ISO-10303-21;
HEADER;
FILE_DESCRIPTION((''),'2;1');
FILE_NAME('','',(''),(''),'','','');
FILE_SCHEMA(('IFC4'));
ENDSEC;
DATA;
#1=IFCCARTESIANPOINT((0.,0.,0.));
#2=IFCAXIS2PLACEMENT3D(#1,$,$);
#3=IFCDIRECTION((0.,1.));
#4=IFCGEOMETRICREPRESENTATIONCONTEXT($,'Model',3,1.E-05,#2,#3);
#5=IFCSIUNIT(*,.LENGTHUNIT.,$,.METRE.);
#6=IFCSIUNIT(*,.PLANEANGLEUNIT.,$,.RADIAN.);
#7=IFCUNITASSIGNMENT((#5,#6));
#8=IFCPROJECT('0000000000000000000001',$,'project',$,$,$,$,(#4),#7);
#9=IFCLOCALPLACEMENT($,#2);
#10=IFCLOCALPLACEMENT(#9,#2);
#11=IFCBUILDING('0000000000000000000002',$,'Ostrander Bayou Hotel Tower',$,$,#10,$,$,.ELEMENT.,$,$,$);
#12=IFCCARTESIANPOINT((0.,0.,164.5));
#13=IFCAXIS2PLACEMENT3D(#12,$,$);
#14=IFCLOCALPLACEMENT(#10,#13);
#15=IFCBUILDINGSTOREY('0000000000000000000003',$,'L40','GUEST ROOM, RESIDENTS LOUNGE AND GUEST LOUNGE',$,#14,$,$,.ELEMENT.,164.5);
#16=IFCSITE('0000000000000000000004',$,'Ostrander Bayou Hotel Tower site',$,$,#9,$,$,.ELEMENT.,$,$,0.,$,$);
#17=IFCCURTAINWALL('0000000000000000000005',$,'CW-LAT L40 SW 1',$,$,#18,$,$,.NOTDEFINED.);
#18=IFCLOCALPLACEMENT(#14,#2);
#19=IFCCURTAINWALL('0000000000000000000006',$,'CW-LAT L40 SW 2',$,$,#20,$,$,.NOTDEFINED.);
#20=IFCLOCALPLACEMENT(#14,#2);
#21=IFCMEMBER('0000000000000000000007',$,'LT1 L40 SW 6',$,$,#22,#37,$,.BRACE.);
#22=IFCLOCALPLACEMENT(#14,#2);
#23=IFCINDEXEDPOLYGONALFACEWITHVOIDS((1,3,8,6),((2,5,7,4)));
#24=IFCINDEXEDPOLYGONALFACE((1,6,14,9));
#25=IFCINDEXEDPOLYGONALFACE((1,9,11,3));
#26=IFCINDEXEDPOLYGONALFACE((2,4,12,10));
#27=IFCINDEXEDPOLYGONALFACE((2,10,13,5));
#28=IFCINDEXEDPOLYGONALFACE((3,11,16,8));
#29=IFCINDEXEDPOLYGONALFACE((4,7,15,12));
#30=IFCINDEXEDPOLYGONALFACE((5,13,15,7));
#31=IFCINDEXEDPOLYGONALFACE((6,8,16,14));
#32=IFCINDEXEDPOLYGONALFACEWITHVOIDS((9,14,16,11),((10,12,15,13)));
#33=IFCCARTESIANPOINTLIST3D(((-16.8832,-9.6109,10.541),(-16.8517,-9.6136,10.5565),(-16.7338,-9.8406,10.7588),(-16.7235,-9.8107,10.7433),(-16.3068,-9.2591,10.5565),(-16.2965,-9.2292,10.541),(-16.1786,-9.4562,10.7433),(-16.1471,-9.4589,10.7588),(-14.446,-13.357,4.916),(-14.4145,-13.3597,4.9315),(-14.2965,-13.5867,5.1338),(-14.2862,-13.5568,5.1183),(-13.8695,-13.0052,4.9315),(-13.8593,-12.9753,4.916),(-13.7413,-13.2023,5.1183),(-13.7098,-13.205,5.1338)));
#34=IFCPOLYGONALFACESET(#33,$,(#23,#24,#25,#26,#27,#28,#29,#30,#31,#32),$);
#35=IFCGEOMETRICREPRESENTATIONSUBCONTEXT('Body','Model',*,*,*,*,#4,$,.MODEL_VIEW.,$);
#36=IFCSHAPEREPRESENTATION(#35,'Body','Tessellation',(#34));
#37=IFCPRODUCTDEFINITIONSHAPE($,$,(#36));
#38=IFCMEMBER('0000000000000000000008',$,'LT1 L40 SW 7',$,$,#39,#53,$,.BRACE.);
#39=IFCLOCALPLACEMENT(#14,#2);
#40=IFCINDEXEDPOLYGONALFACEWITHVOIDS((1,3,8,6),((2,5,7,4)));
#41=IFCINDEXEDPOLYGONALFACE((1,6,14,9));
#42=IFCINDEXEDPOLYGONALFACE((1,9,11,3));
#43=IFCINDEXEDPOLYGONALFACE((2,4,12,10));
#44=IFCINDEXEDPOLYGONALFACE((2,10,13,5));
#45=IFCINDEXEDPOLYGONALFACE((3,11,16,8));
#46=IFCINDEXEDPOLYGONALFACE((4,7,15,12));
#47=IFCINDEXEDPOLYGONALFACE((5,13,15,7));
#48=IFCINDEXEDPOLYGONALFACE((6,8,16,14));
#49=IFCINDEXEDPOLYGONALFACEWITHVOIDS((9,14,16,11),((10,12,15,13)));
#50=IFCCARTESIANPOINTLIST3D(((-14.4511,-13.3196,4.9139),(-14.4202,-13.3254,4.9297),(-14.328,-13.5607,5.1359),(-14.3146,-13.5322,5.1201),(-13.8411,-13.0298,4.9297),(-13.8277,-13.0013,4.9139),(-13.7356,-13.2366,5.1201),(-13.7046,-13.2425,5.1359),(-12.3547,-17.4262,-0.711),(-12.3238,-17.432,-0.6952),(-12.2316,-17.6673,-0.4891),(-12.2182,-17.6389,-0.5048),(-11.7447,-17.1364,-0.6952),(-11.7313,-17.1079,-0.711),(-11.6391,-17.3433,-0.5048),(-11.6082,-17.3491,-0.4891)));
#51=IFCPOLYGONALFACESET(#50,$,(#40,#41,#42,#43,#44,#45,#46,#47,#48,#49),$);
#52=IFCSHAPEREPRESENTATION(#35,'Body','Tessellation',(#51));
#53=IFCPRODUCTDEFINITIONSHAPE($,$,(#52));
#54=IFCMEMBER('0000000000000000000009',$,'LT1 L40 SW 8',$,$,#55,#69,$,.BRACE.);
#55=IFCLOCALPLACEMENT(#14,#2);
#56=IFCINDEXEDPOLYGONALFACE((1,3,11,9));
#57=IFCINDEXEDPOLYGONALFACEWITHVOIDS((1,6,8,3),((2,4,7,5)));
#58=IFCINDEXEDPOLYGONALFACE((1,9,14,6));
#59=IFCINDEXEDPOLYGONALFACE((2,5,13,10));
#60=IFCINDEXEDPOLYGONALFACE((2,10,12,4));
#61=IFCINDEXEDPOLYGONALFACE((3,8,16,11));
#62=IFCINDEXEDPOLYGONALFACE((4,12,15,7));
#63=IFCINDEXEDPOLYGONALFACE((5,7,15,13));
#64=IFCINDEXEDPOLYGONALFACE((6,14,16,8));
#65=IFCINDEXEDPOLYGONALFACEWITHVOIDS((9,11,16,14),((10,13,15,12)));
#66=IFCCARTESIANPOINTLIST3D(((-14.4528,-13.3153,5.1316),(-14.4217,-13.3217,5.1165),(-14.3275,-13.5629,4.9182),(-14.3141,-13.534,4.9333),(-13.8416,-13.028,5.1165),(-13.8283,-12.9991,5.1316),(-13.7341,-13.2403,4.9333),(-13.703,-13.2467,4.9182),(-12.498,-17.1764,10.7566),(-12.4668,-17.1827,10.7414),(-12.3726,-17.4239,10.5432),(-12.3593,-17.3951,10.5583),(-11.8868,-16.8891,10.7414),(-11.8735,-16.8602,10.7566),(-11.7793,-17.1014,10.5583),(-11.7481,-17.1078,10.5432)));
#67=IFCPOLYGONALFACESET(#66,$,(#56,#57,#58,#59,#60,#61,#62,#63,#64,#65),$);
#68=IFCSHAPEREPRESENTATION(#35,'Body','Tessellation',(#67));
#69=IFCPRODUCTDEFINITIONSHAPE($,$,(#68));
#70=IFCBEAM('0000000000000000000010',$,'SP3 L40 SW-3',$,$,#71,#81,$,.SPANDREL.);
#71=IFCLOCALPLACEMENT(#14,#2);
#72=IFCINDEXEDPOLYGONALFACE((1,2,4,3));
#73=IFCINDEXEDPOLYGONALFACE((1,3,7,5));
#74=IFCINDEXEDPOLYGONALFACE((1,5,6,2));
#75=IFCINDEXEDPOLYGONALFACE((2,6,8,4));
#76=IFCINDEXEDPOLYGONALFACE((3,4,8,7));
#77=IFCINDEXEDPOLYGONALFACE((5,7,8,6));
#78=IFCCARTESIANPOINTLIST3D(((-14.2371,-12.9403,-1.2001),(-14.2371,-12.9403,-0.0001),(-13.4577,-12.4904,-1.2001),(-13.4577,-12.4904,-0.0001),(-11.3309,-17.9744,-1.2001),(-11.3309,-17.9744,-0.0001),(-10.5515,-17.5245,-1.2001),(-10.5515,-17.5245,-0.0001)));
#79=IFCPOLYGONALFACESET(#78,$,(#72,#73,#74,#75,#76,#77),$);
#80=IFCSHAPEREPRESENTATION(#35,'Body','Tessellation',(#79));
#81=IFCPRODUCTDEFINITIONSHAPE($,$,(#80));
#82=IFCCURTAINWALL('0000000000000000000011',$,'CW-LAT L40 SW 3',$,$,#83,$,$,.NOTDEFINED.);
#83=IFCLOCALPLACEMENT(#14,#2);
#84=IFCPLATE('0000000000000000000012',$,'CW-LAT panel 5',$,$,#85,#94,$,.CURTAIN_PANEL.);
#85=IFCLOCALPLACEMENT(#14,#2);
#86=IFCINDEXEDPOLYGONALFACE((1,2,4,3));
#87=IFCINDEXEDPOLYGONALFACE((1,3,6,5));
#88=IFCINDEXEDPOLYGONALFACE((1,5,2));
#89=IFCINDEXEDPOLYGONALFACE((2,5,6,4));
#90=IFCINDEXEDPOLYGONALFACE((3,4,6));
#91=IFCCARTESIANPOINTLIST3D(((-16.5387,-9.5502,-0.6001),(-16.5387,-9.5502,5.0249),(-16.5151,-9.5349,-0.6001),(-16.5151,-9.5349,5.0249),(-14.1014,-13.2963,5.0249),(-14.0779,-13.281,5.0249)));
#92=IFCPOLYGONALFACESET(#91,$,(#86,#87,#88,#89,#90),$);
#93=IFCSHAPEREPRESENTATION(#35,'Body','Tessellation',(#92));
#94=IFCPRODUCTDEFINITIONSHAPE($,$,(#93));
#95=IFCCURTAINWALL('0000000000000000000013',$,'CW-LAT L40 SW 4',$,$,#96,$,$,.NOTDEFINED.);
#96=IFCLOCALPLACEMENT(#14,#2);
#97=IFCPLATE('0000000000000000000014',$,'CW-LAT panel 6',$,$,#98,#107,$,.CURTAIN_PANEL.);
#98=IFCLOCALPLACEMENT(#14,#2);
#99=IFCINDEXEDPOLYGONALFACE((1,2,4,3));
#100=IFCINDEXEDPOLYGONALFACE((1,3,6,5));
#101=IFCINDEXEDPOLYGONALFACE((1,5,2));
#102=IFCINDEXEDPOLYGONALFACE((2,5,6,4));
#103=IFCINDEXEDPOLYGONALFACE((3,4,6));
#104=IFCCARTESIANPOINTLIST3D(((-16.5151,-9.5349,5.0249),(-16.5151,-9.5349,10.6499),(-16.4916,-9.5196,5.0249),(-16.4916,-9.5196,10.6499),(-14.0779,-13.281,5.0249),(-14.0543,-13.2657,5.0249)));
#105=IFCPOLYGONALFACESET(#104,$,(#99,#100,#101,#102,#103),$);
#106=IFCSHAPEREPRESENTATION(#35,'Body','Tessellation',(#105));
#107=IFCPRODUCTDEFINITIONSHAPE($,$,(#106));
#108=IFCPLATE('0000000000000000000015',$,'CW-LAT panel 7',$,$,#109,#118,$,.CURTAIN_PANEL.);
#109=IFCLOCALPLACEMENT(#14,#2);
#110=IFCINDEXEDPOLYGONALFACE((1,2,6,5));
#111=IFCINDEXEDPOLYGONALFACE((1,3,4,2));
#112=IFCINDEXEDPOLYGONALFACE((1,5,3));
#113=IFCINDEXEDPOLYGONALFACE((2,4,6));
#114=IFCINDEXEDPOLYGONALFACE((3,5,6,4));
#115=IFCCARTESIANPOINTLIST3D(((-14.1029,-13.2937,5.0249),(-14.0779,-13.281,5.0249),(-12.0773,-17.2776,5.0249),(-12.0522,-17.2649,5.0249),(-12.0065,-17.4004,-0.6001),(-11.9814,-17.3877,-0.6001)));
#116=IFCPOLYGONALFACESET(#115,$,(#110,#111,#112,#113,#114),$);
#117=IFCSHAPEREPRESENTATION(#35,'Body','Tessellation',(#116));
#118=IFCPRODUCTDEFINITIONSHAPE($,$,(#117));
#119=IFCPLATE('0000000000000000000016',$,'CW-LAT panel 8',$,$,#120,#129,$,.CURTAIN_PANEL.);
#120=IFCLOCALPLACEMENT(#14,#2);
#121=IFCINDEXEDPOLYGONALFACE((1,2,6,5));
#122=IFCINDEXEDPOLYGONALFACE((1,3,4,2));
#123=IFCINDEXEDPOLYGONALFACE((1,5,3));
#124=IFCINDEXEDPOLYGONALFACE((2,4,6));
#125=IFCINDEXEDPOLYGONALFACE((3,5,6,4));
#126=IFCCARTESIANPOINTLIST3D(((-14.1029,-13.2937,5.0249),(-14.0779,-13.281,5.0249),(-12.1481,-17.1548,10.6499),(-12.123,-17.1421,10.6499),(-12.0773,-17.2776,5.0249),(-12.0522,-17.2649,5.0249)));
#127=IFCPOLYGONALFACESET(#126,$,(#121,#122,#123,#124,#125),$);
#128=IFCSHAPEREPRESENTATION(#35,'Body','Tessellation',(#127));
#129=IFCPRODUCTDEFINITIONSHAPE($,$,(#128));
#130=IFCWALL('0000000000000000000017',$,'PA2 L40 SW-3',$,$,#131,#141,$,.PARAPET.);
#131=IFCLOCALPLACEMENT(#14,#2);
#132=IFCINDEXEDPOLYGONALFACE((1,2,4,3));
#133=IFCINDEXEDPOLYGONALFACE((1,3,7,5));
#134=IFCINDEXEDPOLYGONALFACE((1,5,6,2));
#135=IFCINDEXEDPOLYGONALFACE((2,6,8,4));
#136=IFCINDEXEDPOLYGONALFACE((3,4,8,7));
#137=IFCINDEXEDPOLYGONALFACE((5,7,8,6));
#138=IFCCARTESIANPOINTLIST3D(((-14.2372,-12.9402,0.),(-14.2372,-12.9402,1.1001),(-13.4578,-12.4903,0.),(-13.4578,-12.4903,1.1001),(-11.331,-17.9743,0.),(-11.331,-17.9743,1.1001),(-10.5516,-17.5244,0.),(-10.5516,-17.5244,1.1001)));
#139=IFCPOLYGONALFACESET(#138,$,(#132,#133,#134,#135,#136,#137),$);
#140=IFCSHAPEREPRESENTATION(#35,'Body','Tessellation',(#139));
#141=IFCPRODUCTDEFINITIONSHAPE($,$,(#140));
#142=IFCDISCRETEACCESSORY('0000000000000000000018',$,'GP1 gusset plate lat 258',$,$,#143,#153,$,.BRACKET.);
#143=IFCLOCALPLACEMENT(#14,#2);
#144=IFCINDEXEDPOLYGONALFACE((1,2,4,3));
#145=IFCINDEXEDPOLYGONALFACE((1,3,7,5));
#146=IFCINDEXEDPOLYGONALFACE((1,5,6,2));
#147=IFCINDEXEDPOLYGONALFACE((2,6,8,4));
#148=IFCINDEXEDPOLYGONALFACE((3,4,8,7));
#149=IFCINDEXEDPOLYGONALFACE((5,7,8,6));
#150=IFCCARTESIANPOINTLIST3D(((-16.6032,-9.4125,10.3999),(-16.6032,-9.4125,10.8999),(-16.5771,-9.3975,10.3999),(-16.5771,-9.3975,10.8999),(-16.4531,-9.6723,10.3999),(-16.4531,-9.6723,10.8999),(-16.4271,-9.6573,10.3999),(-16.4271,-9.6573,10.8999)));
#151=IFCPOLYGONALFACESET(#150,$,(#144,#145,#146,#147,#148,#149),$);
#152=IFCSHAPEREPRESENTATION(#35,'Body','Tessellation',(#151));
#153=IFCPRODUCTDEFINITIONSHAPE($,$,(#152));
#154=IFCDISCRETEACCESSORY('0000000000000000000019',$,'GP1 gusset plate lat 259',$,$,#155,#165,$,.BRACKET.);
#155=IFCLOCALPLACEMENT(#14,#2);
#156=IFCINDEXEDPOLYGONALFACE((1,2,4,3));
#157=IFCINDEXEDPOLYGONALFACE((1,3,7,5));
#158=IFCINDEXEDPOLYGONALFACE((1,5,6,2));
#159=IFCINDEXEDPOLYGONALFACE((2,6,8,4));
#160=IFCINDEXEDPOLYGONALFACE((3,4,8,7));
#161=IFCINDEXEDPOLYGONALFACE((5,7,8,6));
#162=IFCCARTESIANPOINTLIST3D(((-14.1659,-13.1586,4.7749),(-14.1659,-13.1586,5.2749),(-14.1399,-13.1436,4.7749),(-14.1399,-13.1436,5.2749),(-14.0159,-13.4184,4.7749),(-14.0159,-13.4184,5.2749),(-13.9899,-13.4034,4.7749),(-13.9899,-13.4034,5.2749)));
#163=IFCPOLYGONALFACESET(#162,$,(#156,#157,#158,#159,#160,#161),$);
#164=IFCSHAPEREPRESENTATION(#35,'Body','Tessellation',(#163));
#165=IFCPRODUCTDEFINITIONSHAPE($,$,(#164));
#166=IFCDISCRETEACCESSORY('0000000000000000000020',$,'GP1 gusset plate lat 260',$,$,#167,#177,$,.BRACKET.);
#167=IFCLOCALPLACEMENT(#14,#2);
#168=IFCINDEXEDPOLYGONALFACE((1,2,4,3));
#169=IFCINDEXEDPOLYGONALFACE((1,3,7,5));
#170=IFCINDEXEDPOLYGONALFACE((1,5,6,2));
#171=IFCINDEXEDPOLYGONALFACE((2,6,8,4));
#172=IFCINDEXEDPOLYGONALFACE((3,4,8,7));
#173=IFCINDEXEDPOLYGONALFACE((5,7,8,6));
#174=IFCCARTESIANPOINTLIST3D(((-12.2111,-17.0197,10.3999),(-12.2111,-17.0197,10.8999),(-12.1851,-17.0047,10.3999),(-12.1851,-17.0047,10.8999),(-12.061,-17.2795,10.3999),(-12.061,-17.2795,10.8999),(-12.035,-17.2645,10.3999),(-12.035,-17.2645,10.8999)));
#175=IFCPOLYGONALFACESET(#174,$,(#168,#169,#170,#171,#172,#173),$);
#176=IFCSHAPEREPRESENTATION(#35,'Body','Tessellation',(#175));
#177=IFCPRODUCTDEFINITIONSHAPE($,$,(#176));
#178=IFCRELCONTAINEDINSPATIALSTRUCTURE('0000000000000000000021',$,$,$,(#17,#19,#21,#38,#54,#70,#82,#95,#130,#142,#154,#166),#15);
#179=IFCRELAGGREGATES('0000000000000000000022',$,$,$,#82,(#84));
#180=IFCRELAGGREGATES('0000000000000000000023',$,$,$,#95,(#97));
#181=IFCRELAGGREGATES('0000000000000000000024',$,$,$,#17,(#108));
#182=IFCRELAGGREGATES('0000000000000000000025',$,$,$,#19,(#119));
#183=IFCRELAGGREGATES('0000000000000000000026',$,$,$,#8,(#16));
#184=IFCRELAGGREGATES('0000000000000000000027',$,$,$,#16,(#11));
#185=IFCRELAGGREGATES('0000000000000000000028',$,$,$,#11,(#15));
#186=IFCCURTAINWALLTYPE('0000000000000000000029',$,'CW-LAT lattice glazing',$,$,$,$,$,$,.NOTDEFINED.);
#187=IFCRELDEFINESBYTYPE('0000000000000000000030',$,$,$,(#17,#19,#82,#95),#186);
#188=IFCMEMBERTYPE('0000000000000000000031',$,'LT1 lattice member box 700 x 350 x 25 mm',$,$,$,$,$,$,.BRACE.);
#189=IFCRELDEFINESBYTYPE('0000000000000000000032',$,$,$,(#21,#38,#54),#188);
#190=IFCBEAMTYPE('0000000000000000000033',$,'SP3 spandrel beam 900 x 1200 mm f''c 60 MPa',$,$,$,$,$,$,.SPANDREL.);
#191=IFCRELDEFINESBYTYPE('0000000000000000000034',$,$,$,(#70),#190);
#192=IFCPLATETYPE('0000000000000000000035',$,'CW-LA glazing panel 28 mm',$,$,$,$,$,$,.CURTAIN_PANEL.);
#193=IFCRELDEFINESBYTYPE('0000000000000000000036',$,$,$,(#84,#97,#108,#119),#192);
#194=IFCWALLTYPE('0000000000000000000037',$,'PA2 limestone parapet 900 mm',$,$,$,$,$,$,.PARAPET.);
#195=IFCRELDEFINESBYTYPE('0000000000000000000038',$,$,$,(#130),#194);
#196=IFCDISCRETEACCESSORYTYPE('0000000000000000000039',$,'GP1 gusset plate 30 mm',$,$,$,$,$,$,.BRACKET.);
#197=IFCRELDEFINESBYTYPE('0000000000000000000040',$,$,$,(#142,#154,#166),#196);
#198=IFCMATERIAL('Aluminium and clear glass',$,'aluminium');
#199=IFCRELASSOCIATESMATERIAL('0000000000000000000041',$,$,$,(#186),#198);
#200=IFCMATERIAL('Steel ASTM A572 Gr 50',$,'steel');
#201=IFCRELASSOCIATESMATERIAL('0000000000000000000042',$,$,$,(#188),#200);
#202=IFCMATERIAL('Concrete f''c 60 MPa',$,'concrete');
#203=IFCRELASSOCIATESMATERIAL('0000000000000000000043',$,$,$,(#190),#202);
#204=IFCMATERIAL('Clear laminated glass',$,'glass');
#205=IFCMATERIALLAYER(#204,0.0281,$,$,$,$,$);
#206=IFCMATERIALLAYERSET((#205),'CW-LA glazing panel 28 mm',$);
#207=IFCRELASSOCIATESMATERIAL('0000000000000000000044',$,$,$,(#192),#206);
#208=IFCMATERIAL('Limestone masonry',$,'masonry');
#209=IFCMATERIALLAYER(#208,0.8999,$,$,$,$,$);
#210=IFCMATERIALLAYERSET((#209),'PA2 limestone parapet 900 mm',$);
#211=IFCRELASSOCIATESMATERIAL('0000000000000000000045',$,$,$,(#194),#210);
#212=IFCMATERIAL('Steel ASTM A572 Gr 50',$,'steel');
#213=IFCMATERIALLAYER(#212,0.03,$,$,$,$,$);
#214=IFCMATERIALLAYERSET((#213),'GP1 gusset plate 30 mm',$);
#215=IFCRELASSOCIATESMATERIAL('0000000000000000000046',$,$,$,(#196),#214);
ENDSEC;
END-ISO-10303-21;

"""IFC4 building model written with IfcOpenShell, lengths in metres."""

from ifc_helpers import new_model, si_unit, direction, frame, frame_2d, origin, origin_2d, place, context, subcontext, project, spatial, polyline, rectangle, hollow_rectangle, outline, extrude, material, layer, layer_set, material_profile, profile_set, type_object, element, aggregate, save


model = new_model("IFC4")

# Units and contexts
model_context = context("Model", 3, precision=1e-05, world=origin(), true_north=direction((0.0, 1.0)))
body_context = subcontext(model_context, "Body", "Model", "MODEL_VIEW")
ifc_project = project(units=[si_unit("LENGTHUNIT", "METRE"), si_unit("PLANEANGLEUNIT", "RADIAN")], contexts=[model_context])

# Site, building, storey
site_placement = place(None, origin())
site = spatial("IfcSite", under=ifc_project, at=site_placement, Name="Ostrander Bayou Hotel Tower site", CompositionType="ELEMENT", RefElevation=0.0)
building_placement = place(site_placement, origin())
building = spatial("IfcBuilding", under=site, at=building_placement, Name="Ostrander Bayou Hotel Tower", CompositionType="ELEMENT")
storey_placement = place(building_placement, frame((0.0, 0.0, 164.5)))
storey = spatial("IfcBuildingStorey", under=building, at=storey_placement, Name="L40", Description="GUEST ROOM, RESIDENTS LOUNGE AND GUEST LOUNGE", CompositionType="ELEMENT", Elevation=164.5)

# Curtain walls
ifc_material_1 = material(Name="Aluminium and clear glass", Category="aluminium")
curtain_wall_type = type_object("IfcCurtainWallType", Name="CW-LAT lattice glazing", PredefinedType="NOTDEFINED", material=ifc_material_1)
curtain_wall_1_placement = place(storey_placement, origin())
curtain_wall_1 = element("IfcCurtainWall", 1, at=curtain_wall_1_placement, inside=storey, type_object=curtain_wall_type, Name="CW-LAT L40 SW 1", PredefinedType="NOTDEFINED")
curtain_wall_2_placement = place(storey_placement, origin())
curtain_wall_2 = element("IfcCurtainWall", 2, at=curtain_wall_2_placement, inside=storey, type_object=curtain_wall_type, Name="CW-LAT L40 SW 2", PredefinedType="NOTDEFINED")

# Members
ifc_material_2 = material(Name="Steel ASTM A572 Gr 50", Category="steel")
ifc_material_profile_1 = material_profile(ifc_material_2, hollow_rectangle(XDim=0.7, YDim=0.3501, WallThickness=0.0249, at=origin_2d()))
ifc_profile_set_1 = profile_set([ifc_material_profile_1], Name="Steel ASTM A572 Gr 50")
member_type_1 = type_object("IfcMemberType", Name="LT1 lattice member box 700 x 350 x 25 mm", PredefinedType="BRACE", material=ifc_profile_set_1)
for number, where, z_axis, x_axis, name in (
    (3, (-14.0779, -13.281, 5.0249), (-0.339248, 0.521428, 0.782958), (-0.838209, -0.545349, 0.0), "LT1 L40 SW 6"),
):
    element("IfcMember", number, at=place(storey_placement, frame(where, z_axis=z_axis, x_axis=x_axis)), inside=storey, type_object=member_type_1, Name=name, PredefinedType="BRACE", context=body_context, shape_type="SweptSolid", body=[
        extrude(hollow_rectangle(XDim=0.7, YDim=0.3501, WallThickness=0.0249, at=origin_2d()), origin(), (0.0, 0.0, 1.0), 7.1843),
    ])
member_1_placement = place(storey_placement, frame((-14.0779, -13.281, 5.0249), z_axis=(0.288238, -0.564627, -0.773379), x_axis=(0.890658, 0.454674, 0.0)))
element("IfcMember", 4, at=member_1_placement, inside=storey, type_object=member_type_1, Name="LT1 L40 SW 7", PredefinedType="BRACE", context=body_context, shape_type="SweptSolid", body=[
    extrude(hollow_rectangle(XDim=0.7, YDim=0.3501, WallThickness=0.0249, at=origin_2d()), origin(), (0.0, 0.0, 1.0), 7.2732),
])
member_2_placement = place(storey_placement, frame((-14.0779, -13.281, 5.0249), z_axis=(0.275438, -0.544031, 0.792568), x_axis=(0.892171, 0.451698, 0.0)))
element("IfcMember", 5, at=member_2_placement, inside=storey, type_object=member_type_1, Name="LT1 L40 SW 8", PredefinedType="BRACE", context=body_context, shape_type="SweptSolid", body=[
    extrude(hollow_rectangle(XDim=0.7, YDim=0.3501, WallThickness=0.0249, at=origin_2d()), origin(), (0.0, 0.0, 1.0), 7.0972),
])

# Beam
ifc_material_3 = material(Name="Concrete f'c 60 MPa", Category="concrete")
ifc_material_profile_2 = material_profile(ifc_material_3, rectangle(XDim=0.8999, YDim=1.2, at=origin_2d()))
ifc_profile_set_2 = profile_set([ifc_material_profile_2], Name="Concrete f'c 60 MPa")
beam_type_1 = type_object("IfcBeamType", Name="SP3 spandrel beam 900 x 1200 mm f'c 60 MPa", PredefinedType="SPANDREL", material=ifc_profile_set_2)
beam_1_placement = place(storey_placement, frame((-13.8474, -12.7153, -0.6001), z_axis=(0.49997, -0.866043, 0.0), x_axis=(0.866043, 0.49997, 0.0)))
element("IfcBeam", 6, at=beam_1_placement, inside=storey, type_object=beam_type_1, Name="SP3 L40 SW-3", PredefinedType="SPANDREL", context=body_context, shape_type="SweptSolid", body=[
    extrude(rectangle(XDim=0.8999, YDim=1.2, at=origin_2d()), origin(), (0.0, 0.0, 1.0), 5.8127),
])

# Curtain walls, plates
curtain_wall_3_placement = place(storey_placement, origin())
curtain_wall_3 = element("IfcCurtainWall", 7, at=curtain_wall_3_placement, inside=storey, type_object=curtain_wall_type, Name="CW-LAT L40 SW 3", PredefinedType="NOTDEFINED")
ifc_material_4 = material(Name="Clear laminated glass", Category="glass")
ifc_layer_1 = layer(ifc_material_4, 0.0281)
ifc_layer_set_1 = layer_set([ifc_layer_1], Name="CW-LA glazing panel 28 mm")
plate_type = type_object("IfcPlateType", Name="CW-LA glazing panel 28 mm", PredefinedType="CURTAIN_PANEL", material=ifc_layer_set_1)
plate_1_placement = place(storey_placement, frame((-14.0779, -13.281, 5.0249), z_axis=(0.838209, 0.545349, 0.0), x_axis=(-0.339248, 0.521428, -0.782958)))
plate_1 = element("IfcPlate", 8, at=plate_1_placement, type_object=plate_type, Name="CW-LAT panel 5", PredefinedType="CURTAIN_PANEL", context=body_context, shape_type="SweptSolid", body=[
    extrude(outline(polyline([(0.0, 0.0), (7.1843, 0.0), (2.7802, 3.4992), (0.0, 0.0)])), origin(), (0.0, 0.0, -1.0), 0.0281),
])
aggregate(curtain_wall_3, [plate_1])
curtain_wall_4_placement = place(storey_placement, origin())
curtain_wall_4 = element("IfcCurtainWall", 9, at=curtain_wall_4_placement, inside=storey, type_object=curtain_wall_type, Name="CW-LAT L40 SW 4", PredefinedType="NOTDEFINED")
plate_2_placement = place(storey_placement, frame((-14.0779, -13.281, 5.0249), z_axis=(-0.838209, -0.545349, 0.0), x_axis=(-0.339248, 0.521428, 0.782958)))
plate_2 = element("IfcPlate", 10, at=plate_2_placement, type_object=plate_type, Name="CW-LAT panel 6", PredefinedType="CURTAIN_PANEL", context=body_context, shape_type="SweptSolid", body=[
    extrude(outline(polyline([(0.0, 0.0), (7.1843, 0.0), (2.7802, 3.4992), (0.0, 0.0)])), origin(), (0.0, 0.0, -1.0), 0.0281),
])
aggregate(curtain_wall_4, [plate_2])

# Plates
plate_3_placement = place(storey_placement, frame((-14.0779, -13.281, 5.0249), z_axis=(0.891391, 0.453234, 0.001325), x_axis=(0.288238, -0.564627, -0.773379)))
plate_3 = element("IfcPlate", 11, at=plate_3_placement, type_object=plate_type, Name="CW-LAT panel 7", PredefinedType="CURTAIN_PANEL", context=body_context, shape_type="SweptSolid", body=[
    extrude(outline(polyline([(0.0, 0.0), (7.2733, 0.0), (2.8333, -3.4565), (0.0, 0.0)])), origin(), (0.0, 0.0, -1.0), 0.0281),
])
aggregate(curtain_wall_1, [plate_3])
plate_4_placement = place(storey_placement, frame((-14.0779, -13.281, 5.0249), z_axis=(0.891391, 0.453234, 0.001325), x_axis=(0.275438, -0.544031, 0.792568)))
plate_4 = element("IfcPlate", 12, at=plate_4_placement, type_object=plate_type, Name="CW-LAT panel 8", PredefinedType="CURTAIN_PANEL", context=body_context, shape_type="SweptSolid", body=[
    extrude(outline(polyline([(0.0, 0.0), (7.0972, 0.0), (2.7253, 3.5422), (0.0, 0.0)])), origin(), (0.0, 0.0, -1.0), 0.0281),
])
aggregate(curtain_wall_2, [plate_4])

# Wall
ifc_material_5 = material(Name="Limestone masonry", Category="masonry")
ifc_layer_2 = layer(ifc_material_5, 0.8999)
ifc_layer_set_2 = layer_set([ifc_layer_2], Name="PA2 limestone parapet 900 mm")
wall_type = type_object("IfcWallType", Name="PA2 limestone parapet 900 mm", PredefinedType="PARAPET", material=ifc_layer_set_2)
wall_placement = place(storey_placement, frame((-13.8474, -12.7153, 0.0), z_axis=(0.0, 0.0, 1.0), x_axis=(0.49997, -0.866043, 0.0)))
element("IfcWall", 13, at=wall_placement, inside=storey, type_object=wall_type, Name="PA2 L40 SW-3", PredefinedType="PARAPET", context=body_context, shape_type="SweptSolid", body=[
    extrude(rectangle(XDim=5.8127, YDim=0.8999, at=frame_2d((2.9062, 0.0))), origin(), (0.0, 0.0, 1.0), 1.1001),
])

# Discrete accessories
ifc_material_6 = material(Name="Steel ASTM A572 Gr 50", Category="steel")
ifc_layer_3 = layer(ifc_material_6, 0.03)
ifc_layer_set_3 = layer_set([ifc_layer_3], Name="GP1 gusset plate 30 mm")
discrete_accessory_type = type_object("IfcDiscreteAccessoryType", Name="GP1 gusset plate 30 mm", PredefinedType="BRACKET", material=ifc_layer_set_3)
for number, where, z_axis, x_axis, name in (
    (14, (-16.5151, -9.5349, 10.3999), (0.0, 0.0, 1.0), (0.5, -0.866025, 0.0), "GP1 gusset plate lat 258"),
    (15, (-14.0779, -13.281, 4.7749), (0.0, 0.0, 1.0), (0.5, -0.866025, 0.0), "GP1 gusset plate lat 259"),
    (16, (-12.123, -17.1421, 10.3999), (0.0, 0.0, 1.0), (0.5, -0.866025, 0.0), "GP1 gusset plate lat 260"),
):
    element("IfcDiscreteAccessory", number, at=place(storey_placement, frame(where, z_axis=z_axis, x_axis=x_axis)), inside=storey, type_object=discrete_accessory_type, Name=name, PredefinedType="BRACKET", context=body_context, shape_type="SweptSolid", body=[
        extrude(rectangle(XDim=0.3, YDim=0.03, at=origin_2d()), origin(), (0.0, 0.0, 1.0), 0.5),
    ])

save(model, "model.ifc")
